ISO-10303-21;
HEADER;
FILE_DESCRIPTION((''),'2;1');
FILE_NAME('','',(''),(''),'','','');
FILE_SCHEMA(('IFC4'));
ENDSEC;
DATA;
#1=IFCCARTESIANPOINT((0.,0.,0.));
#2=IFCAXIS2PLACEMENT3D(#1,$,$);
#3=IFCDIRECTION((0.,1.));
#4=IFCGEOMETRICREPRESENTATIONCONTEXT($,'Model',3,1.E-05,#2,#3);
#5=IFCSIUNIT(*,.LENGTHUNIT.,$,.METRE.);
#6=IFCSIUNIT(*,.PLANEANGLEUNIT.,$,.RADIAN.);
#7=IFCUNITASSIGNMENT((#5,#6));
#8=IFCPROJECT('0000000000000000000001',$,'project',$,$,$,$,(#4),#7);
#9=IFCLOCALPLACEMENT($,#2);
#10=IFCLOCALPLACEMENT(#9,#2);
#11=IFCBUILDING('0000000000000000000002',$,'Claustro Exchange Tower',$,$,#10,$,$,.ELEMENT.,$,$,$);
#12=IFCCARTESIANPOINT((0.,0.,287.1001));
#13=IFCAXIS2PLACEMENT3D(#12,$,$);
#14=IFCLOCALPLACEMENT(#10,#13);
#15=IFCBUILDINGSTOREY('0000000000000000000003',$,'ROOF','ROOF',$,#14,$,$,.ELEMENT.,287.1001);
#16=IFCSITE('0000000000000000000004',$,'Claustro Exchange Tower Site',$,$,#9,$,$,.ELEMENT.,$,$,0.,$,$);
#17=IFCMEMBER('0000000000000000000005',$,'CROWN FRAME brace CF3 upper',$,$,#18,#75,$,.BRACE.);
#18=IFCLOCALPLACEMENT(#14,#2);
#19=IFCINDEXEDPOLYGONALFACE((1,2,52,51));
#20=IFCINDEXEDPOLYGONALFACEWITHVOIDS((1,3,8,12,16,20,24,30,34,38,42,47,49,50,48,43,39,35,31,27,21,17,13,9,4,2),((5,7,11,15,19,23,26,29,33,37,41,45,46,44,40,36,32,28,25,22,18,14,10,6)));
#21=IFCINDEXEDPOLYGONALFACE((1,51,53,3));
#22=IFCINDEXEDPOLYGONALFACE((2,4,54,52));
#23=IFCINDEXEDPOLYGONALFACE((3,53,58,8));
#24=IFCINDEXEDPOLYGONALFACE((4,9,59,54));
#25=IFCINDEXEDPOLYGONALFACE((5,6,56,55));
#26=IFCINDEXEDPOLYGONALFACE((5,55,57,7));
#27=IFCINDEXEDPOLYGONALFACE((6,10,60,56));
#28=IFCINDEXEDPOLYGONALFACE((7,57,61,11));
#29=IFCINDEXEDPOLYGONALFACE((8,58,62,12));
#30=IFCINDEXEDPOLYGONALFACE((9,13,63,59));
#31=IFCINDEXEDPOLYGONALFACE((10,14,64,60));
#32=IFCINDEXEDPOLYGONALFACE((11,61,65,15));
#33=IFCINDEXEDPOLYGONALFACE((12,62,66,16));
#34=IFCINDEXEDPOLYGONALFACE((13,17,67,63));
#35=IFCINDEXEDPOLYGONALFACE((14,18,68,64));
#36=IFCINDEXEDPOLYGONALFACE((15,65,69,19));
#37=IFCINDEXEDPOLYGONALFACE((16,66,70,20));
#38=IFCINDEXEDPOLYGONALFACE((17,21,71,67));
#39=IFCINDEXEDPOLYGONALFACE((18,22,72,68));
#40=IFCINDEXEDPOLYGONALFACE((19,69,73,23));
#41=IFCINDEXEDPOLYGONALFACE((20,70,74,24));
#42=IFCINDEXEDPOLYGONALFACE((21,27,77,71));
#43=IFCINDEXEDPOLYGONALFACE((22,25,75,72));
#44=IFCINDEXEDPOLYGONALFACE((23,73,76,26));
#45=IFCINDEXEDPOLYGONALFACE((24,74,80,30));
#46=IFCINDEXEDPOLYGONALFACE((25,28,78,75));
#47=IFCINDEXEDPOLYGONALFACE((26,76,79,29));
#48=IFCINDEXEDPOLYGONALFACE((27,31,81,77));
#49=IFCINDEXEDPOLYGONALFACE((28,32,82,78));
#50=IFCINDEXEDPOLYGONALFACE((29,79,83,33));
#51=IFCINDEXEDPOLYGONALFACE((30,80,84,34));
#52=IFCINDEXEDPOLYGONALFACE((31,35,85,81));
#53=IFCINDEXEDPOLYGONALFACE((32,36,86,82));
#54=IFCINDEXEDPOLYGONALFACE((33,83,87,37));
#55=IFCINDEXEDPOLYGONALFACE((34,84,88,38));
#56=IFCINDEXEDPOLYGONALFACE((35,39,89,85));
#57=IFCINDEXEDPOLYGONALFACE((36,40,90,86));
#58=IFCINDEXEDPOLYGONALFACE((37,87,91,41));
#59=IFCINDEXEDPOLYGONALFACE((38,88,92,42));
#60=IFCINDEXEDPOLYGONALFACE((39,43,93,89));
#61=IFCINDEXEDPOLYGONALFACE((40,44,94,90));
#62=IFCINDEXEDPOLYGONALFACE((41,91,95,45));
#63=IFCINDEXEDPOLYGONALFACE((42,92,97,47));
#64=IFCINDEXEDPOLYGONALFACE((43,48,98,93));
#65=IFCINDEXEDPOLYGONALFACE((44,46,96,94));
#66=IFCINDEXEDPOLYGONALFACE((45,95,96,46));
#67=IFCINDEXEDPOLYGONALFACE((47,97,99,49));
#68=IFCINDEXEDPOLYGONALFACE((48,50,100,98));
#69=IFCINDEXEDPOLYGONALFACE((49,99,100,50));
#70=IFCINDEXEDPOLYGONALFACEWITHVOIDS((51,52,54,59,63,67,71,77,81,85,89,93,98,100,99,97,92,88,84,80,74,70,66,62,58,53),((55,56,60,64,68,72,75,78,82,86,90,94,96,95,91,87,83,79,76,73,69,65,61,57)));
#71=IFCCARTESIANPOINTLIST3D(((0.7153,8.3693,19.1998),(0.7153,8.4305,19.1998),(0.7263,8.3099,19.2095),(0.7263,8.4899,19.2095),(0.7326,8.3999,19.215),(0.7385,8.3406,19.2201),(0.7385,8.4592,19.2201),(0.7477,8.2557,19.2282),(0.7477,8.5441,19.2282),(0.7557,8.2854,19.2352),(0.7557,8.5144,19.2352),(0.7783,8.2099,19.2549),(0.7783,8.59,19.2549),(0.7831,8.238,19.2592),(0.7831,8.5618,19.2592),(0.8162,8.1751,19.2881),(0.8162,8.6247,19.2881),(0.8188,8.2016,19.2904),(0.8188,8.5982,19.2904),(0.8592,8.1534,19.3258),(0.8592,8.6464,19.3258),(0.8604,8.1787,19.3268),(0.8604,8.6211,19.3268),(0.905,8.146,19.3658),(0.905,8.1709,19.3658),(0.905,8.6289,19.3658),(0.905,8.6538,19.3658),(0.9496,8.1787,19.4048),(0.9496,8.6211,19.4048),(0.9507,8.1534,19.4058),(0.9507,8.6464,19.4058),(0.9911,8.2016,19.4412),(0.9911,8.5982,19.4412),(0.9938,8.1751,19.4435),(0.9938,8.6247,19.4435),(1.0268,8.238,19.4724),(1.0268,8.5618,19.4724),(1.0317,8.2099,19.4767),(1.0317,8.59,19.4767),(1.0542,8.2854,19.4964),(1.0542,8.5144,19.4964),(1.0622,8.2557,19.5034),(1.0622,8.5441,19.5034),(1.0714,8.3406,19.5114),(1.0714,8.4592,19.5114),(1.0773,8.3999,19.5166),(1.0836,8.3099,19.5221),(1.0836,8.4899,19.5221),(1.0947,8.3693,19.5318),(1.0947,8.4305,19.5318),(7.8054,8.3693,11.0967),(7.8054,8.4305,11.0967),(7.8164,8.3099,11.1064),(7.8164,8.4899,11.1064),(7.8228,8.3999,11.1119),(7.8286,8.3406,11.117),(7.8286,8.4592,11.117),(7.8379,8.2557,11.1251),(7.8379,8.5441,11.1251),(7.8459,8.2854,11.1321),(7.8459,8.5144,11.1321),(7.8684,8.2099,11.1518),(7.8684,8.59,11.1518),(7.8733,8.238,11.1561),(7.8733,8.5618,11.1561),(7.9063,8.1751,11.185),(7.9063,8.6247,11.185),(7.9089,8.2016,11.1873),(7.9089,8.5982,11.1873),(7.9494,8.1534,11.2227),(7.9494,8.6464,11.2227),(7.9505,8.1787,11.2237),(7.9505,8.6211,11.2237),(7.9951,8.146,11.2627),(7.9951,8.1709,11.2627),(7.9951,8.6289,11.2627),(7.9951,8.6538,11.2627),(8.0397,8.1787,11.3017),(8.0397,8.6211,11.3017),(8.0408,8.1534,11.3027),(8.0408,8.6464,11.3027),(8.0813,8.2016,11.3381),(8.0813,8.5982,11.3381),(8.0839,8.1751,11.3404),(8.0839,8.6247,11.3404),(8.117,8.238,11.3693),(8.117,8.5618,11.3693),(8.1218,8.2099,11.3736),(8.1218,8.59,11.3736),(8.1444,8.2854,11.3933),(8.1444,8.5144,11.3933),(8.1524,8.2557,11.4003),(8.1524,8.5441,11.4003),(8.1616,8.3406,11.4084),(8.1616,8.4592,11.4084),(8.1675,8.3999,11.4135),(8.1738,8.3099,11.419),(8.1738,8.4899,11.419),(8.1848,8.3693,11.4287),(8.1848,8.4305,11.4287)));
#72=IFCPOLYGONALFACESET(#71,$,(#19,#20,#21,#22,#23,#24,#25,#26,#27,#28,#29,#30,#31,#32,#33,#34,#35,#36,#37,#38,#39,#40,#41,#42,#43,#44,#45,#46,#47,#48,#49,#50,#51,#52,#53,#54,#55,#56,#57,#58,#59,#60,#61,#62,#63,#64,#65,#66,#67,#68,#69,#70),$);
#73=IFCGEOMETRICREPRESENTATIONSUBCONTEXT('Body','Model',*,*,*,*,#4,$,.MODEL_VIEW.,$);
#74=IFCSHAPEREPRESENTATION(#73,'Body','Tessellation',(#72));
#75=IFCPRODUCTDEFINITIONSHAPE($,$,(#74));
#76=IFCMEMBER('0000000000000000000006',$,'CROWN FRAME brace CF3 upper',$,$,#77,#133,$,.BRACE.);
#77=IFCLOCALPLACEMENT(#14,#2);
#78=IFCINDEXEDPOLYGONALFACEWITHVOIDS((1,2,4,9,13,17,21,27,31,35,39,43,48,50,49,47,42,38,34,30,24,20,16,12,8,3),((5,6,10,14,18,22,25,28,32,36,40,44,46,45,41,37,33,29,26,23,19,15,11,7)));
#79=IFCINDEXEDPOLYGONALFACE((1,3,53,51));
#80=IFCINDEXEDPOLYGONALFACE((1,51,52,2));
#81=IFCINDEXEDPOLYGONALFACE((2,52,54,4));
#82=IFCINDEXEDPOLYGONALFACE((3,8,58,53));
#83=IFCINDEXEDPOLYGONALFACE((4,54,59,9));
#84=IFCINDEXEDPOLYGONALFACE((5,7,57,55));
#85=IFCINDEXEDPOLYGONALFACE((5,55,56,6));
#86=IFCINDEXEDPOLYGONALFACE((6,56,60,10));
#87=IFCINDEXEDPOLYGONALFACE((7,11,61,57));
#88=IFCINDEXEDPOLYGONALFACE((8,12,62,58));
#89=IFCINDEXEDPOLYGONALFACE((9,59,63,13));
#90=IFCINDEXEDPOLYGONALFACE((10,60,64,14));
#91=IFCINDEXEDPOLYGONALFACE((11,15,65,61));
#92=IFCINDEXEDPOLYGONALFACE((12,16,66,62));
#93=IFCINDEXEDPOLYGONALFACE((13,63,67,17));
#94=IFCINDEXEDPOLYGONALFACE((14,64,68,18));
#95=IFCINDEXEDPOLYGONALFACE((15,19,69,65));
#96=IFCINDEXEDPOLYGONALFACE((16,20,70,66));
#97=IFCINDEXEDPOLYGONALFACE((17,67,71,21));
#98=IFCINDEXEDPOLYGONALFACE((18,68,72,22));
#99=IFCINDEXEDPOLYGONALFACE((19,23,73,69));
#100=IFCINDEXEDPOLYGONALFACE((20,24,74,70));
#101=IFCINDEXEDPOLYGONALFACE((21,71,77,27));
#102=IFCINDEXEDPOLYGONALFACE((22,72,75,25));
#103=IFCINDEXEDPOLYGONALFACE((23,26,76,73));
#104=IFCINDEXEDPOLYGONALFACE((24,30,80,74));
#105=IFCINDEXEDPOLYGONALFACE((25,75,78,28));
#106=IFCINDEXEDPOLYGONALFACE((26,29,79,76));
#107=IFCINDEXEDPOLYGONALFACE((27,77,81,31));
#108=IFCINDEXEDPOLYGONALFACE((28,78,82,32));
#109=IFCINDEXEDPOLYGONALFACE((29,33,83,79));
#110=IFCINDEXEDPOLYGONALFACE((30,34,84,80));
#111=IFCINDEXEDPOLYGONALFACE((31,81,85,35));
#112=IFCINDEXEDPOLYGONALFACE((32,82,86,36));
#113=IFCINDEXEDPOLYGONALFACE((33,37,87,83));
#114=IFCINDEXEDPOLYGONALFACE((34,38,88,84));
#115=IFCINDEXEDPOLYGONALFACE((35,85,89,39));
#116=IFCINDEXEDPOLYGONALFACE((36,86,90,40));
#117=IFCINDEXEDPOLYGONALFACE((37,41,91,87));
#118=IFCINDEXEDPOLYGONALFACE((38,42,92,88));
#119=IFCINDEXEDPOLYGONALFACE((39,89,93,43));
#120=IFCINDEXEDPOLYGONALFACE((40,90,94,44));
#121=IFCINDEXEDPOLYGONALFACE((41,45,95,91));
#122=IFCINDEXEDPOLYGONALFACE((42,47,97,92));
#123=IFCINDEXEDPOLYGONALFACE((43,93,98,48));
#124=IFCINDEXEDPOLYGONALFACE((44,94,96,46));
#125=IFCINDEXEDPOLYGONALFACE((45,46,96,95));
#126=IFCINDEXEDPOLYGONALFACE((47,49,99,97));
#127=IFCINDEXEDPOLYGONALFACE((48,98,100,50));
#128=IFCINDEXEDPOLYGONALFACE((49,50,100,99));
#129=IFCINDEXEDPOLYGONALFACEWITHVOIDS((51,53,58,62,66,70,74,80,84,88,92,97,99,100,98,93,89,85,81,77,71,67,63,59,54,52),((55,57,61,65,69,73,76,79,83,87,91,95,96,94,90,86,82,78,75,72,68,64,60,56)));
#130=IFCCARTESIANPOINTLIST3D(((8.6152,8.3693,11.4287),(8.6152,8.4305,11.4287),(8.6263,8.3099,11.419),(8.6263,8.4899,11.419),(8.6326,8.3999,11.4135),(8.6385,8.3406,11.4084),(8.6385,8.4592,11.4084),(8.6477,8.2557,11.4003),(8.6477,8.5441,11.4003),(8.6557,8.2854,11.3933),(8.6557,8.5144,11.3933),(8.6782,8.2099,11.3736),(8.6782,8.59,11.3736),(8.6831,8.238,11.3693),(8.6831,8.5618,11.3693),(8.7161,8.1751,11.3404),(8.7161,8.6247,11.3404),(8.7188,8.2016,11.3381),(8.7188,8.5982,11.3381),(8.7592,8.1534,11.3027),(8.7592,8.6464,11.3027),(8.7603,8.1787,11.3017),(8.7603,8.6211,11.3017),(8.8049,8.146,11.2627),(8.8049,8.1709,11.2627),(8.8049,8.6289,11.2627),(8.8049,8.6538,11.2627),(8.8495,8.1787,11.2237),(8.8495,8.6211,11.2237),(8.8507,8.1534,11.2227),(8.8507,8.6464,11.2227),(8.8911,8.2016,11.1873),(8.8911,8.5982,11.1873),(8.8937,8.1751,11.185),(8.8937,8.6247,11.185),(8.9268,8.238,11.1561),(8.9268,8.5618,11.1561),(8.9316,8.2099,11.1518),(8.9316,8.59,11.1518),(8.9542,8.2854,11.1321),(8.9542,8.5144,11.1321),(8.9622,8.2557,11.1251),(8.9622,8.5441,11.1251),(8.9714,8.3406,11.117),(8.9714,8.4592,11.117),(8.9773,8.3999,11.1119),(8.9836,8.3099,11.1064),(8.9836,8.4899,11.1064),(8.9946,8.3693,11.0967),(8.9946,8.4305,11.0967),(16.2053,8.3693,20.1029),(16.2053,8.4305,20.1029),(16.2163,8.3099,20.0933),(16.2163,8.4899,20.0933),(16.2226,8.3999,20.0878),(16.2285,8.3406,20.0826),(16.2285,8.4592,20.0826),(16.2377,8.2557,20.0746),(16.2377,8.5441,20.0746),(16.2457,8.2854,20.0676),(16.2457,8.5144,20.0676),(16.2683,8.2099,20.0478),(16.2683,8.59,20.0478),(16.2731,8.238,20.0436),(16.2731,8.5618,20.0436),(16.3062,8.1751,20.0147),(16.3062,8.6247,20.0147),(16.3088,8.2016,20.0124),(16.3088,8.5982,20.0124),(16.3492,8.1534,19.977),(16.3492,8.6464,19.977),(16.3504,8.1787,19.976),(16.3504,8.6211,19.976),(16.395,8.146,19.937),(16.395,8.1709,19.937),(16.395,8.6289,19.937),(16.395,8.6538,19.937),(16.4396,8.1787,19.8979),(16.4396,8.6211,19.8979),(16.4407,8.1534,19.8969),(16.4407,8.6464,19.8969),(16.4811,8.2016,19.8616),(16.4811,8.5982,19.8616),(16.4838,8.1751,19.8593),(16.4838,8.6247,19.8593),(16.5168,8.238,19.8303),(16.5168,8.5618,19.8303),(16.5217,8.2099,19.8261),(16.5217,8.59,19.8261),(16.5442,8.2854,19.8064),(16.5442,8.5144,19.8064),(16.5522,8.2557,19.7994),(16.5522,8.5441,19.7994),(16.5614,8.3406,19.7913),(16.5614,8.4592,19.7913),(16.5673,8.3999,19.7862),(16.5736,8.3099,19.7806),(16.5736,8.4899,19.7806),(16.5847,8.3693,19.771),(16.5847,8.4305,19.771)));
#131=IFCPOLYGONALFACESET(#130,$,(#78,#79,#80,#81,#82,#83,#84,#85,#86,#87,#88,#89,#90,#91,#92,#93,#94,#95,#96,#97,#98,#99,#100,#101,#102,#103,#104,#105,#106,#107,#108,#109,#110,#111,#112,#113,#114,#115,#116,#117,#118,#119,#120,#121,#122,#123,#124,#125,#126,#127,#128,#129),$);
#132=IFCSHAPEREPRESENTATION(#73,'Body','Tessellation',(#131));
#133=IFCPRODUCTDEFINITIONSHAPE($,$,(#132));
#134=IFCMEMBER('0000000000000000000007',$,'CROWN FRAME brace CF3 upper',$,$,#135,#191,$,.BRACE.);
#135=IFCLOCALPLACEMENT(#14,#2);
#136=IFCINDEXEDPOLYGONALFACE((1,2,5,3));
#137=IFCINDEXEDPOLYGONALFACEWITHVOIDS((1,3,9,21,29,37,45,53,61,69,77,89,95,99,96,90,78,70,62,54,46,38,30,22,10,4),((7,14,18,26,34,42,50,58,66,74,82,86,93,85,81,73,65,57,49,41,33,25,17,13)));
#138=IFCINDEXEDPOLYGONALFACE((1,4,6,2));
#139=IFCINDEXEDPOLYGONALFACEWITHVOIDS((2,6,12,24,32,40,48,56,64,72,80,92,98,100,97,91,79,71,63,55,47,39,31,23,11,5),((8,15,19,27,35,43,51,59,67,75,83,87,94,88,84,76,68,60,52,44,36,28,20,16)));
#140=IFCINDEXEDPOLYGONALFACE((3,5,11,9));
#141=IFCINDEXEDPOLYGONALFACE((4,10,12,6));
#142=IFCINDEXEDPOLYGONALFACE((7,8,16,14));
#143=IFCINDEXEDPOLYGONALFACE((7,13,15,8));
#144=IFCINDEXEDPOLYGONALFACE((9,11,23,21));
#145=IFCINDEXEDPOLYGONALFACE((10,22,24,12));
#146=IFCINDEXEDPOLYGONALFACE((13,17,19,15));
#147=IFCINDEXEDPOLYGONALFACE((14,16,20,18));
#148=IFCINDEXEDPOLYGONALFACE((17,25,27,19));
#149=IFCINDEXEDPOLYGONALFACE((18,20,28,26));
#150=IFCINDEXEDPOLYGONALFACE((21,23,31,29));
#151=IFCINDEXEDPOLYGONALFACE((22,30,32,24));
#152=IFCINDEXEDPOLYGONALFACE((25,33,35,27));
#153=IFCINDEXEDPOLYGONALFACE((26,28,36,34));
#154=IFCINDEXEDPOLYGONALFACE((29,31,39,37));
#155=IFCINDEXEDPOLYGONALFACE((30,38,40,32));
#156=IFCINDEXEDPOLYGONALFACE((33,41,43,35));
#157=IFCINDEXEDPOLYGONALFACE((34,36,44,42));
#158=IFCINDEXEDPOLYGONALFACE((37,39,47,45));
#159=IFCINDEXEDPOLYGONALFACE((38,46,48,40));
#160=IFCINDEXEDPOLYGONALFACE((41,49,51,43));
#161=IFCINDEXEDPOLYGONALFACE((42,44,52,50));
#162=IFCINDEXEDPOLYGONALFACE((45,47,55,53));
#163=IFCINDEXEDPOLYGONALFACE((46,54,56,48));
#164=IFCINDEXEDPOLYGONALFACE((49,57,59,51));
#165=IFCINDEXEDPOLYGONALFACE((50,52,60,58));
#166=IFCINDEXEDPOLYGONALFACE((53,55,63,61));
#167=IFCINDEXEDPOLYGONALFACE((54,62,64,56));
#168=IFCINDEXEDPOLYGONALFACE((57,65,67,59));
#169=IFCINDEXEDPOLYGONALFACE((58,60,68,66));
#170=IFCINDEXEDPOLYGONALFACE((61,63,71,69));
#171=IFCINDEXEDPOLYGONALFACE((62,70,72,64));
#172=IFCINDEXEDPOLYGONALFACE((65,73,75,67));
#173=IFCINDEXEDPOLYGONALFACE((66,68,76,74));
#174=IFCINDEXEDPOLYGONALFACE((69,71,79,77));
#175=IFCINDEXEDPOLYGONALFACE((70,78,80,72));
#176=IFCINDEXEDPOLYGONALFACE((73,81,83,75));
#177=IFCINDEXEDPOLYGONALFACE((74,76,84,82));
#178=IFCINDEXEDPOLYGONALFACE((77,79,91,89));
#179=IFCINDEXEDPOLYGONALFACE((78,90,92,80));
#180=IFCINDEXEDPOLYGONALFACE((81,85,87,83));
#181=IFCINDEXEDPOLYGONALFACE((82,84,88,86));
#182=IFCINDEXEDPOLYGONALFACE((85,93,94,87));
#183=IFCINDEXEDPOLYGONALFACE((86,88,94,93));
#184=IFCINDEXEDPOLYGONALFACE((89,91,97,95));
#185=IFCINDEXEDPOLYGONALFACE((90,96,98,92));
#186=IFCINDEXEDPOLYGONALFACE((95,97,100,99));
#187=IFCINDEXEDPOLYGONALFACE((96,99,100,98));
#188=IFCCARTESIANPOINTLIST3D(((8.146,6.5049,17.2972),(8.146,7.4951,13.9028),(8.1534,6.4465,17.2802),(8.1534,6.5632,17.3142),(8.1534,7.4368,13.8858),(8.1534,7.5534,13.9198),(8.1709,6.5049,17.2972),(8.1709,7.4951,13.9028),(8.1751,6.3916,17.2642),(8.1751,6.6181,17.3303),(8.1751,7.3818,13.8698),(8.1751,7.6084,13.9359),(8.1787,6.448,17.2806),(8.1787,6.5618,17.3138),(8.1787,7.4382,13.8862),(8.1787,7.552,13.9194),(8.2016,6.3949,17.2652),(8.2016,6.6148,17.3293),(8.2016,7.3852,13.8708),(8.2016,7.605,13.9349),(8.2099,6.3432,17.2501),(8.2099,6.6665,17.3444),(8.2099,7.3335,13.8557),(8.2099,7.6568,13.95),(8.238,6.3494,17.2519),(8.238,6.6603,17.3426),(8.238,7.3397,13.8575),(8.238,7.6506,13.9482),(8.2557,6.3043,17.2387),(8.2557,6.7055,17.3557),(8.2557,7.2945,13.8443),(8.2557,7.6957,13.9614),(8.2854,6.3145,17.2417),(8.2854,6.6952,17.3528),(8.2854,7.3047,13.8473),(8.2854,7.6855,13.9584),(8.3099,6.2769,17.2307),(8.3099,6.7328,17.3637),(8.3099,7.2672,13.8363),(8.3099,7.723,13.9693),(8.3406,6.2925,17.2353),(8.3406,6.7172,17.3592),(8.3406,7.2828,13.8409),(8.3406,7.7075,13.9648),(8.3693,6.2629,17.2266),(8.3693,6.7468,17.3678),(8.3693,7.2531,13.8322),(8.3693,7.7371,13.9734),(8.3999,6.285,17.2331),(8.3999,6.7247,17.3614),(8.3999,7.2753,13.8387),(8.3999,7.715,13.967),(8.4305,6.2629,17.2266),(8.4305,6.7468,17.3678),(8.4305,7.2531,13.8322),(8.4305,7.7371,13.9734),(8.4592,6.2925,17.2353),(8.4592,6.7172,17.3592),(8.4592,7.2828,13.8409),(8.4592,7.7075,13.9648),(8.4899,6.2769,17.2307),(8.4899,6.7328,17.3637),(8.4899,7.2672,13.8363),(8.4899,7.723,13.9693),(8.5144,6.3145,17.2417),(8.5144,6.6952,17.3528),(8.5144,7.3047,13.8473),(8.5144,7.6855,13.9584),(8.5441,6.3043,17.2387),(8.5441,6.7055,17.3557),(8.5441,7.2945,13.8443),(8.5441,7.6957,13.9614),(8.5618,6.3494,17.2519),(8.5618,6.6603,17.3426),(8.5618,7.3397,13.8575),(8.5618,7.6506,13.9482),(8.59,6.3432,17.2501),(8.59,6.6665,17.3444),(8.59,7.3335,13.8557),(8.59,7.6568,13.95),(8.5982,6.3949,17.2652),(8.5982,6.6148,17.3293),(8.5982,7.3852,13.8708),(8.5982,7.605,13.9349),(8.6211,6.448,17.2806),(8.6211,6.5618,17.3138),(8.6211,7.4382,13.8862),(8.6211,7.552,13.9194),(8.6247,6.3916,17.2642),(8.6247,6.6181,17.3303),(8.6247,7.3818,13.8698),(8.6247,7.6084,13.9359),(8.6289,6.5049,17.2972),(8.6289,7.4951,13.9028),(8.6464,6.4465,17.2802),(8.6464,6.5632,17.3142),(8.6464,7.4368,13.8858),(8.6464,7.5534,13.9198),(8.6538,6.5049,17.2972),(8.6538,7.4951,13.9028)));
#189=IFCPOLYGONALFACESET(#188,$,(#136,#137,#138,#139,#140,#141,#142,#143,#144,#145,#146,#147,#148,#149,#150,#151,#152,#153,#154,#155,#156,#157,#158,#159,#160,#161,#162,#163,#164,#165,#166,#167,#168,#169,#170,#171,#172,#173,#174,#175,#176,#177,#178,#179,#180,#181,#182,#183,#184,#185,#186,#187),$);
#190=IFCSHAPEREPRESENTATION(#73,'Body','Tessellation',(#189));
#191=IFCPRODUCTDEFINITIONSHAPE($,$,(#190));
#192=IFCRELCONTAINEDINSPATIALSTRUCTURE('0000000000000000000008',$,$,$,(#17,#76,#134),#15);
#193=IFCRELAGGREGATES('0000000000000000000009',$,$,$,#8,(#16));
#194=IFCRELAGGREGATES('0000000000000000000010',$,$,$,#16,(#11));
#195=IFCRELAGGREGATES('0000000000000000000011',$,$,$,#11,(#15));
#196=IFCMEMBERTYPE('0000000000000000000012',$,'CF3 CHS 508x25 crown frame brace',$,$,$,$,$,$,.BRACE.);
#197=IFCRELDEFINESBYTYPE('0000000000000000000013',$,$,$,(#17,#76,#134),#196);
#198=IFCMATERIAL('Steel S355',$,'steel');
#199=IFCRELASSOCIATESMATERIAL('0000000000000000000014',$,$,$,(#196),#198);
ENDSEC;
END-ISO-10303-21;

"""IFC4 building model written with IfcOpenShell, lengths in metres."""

from ifc_helpers import new_model, si_unit, direction, frame, origin, origin_2d, place, context, subcontext, project, spatial, hollow_circle, extrude, material, material_profile, profile_set, type_object, element, save


model = new_model("IFC4")

# Units and contexts
model_context = context("Model", 3, precision=1e-05, world=origin(), true_north=direction((0.0, 1.0)))
body_context = subcontext(model_context, "Body", "Model", "MODEL_VIEW")
ifc_project = project(units=[si_unit("LENGTHUNIT", "METRE"), si_unit("PLANEANGLEUNIT", "RADIAN")], contexts=[model_context])

# Site, building, storey
site_placement = place(None, origin())
site = spatial("IfcSite", under=ifc_project, at=site_placement, Name="Claustro Exchange Tower Site", CompositionType="ELEMENT", RefElevation=0.0)
building_placement = place(site_placement, origin())
building = spatial("IfcBuilding", under=site, at=building_placement, Name="Claustro Exchange Tower", CompositionType="ELEMENT")
storey_placement = place(building_placement, frame((0.0, 0.0, 287.1001)))
storey = spatial("IfcBuildingStorey", under=building, at=storey_placement, Name="ROOF", Description="ROOF", CompositionType="ELEMENT", Elevation=287.1001)

# Members
ifc_material_1 = material(Name="Steel S355", Category="steel")
ifc_material_profile_1 = material_profile(ifc_material_1, hollow_circle(Radius=0.2539, WallThickness=0.0249, at=origin_2d()), Name="CHS 508x25")
ifc_profile_set_1 = profile_set([ifc_material_profile_1], Name="Steel S355")
member_type = type_object("IfcMemberType", Name="CF3 CHS 508x25 crown frame brace", PredefinedType="BRACE", material=ifc_profile_set_1)
member_1_placement = place(storey_placement, frame((7.9951, 8.3999, 11.2627), z_axis=(-0.658501, 0.0, 0.75258), x_axis=(0.0, -1.0, 0.0)))
element("IfcMember", 1, at=member_1_placement, inside=storey, type_object=member_type, Name="CROWN FRAME brace CF3 upper", PredefinedType="BRACE", context=body_context, shape_type="SweptSolid", body=[
    extrude(hollow_circle(Radius=0.2539, WallThickness=0.0249, at=origin_2d()), origin(), (0.0, 0.0, 1.0), 10.7671),
])
member_2_placement = place(storey_placement, frame((8.8049, 8.3999, 11.2627), z_axis=(0.658508, 0.0, 0.752574), x_axis=(0.0, 1.0, 0.0)))
element("IfcMember", 2, at=member_2_placement, inside=storey, type_object=member_type, Name="CROWN FRAME brace CF3 upper", PredefinedType="BRACE", context=body_context, shape_type="SweptSolid", body=[
    extrude(hollow_circle(Radius=0.2539, WallThickness=0.0249, at=origin_2d()), origin(), (0.0, 0.0, 1.0), 11.5261),
])
member_3_placement = place(storey_placement, frame((8.3999, 7.4951, 13.9028), z_axis=(0.0, -0.280061, 0.959982), x_axis=(1.0, 0.0, 0.0)))
element("IfcMember", 3, at=member_3_placement, inside=storey, type_object=member_type, Name="CROWN FRAME brace CF3 upper", PredefinedType="BRACE", context=body_context, shape_type="SweptSolid", body=[
    extrude(hollow_circle(Radius=0.2539, WallThickness=0.0249, at=origin_2d()), origin(), (0.0, 0.0, 1.0), 3.5359),
])

save(model, "model.ifc")
